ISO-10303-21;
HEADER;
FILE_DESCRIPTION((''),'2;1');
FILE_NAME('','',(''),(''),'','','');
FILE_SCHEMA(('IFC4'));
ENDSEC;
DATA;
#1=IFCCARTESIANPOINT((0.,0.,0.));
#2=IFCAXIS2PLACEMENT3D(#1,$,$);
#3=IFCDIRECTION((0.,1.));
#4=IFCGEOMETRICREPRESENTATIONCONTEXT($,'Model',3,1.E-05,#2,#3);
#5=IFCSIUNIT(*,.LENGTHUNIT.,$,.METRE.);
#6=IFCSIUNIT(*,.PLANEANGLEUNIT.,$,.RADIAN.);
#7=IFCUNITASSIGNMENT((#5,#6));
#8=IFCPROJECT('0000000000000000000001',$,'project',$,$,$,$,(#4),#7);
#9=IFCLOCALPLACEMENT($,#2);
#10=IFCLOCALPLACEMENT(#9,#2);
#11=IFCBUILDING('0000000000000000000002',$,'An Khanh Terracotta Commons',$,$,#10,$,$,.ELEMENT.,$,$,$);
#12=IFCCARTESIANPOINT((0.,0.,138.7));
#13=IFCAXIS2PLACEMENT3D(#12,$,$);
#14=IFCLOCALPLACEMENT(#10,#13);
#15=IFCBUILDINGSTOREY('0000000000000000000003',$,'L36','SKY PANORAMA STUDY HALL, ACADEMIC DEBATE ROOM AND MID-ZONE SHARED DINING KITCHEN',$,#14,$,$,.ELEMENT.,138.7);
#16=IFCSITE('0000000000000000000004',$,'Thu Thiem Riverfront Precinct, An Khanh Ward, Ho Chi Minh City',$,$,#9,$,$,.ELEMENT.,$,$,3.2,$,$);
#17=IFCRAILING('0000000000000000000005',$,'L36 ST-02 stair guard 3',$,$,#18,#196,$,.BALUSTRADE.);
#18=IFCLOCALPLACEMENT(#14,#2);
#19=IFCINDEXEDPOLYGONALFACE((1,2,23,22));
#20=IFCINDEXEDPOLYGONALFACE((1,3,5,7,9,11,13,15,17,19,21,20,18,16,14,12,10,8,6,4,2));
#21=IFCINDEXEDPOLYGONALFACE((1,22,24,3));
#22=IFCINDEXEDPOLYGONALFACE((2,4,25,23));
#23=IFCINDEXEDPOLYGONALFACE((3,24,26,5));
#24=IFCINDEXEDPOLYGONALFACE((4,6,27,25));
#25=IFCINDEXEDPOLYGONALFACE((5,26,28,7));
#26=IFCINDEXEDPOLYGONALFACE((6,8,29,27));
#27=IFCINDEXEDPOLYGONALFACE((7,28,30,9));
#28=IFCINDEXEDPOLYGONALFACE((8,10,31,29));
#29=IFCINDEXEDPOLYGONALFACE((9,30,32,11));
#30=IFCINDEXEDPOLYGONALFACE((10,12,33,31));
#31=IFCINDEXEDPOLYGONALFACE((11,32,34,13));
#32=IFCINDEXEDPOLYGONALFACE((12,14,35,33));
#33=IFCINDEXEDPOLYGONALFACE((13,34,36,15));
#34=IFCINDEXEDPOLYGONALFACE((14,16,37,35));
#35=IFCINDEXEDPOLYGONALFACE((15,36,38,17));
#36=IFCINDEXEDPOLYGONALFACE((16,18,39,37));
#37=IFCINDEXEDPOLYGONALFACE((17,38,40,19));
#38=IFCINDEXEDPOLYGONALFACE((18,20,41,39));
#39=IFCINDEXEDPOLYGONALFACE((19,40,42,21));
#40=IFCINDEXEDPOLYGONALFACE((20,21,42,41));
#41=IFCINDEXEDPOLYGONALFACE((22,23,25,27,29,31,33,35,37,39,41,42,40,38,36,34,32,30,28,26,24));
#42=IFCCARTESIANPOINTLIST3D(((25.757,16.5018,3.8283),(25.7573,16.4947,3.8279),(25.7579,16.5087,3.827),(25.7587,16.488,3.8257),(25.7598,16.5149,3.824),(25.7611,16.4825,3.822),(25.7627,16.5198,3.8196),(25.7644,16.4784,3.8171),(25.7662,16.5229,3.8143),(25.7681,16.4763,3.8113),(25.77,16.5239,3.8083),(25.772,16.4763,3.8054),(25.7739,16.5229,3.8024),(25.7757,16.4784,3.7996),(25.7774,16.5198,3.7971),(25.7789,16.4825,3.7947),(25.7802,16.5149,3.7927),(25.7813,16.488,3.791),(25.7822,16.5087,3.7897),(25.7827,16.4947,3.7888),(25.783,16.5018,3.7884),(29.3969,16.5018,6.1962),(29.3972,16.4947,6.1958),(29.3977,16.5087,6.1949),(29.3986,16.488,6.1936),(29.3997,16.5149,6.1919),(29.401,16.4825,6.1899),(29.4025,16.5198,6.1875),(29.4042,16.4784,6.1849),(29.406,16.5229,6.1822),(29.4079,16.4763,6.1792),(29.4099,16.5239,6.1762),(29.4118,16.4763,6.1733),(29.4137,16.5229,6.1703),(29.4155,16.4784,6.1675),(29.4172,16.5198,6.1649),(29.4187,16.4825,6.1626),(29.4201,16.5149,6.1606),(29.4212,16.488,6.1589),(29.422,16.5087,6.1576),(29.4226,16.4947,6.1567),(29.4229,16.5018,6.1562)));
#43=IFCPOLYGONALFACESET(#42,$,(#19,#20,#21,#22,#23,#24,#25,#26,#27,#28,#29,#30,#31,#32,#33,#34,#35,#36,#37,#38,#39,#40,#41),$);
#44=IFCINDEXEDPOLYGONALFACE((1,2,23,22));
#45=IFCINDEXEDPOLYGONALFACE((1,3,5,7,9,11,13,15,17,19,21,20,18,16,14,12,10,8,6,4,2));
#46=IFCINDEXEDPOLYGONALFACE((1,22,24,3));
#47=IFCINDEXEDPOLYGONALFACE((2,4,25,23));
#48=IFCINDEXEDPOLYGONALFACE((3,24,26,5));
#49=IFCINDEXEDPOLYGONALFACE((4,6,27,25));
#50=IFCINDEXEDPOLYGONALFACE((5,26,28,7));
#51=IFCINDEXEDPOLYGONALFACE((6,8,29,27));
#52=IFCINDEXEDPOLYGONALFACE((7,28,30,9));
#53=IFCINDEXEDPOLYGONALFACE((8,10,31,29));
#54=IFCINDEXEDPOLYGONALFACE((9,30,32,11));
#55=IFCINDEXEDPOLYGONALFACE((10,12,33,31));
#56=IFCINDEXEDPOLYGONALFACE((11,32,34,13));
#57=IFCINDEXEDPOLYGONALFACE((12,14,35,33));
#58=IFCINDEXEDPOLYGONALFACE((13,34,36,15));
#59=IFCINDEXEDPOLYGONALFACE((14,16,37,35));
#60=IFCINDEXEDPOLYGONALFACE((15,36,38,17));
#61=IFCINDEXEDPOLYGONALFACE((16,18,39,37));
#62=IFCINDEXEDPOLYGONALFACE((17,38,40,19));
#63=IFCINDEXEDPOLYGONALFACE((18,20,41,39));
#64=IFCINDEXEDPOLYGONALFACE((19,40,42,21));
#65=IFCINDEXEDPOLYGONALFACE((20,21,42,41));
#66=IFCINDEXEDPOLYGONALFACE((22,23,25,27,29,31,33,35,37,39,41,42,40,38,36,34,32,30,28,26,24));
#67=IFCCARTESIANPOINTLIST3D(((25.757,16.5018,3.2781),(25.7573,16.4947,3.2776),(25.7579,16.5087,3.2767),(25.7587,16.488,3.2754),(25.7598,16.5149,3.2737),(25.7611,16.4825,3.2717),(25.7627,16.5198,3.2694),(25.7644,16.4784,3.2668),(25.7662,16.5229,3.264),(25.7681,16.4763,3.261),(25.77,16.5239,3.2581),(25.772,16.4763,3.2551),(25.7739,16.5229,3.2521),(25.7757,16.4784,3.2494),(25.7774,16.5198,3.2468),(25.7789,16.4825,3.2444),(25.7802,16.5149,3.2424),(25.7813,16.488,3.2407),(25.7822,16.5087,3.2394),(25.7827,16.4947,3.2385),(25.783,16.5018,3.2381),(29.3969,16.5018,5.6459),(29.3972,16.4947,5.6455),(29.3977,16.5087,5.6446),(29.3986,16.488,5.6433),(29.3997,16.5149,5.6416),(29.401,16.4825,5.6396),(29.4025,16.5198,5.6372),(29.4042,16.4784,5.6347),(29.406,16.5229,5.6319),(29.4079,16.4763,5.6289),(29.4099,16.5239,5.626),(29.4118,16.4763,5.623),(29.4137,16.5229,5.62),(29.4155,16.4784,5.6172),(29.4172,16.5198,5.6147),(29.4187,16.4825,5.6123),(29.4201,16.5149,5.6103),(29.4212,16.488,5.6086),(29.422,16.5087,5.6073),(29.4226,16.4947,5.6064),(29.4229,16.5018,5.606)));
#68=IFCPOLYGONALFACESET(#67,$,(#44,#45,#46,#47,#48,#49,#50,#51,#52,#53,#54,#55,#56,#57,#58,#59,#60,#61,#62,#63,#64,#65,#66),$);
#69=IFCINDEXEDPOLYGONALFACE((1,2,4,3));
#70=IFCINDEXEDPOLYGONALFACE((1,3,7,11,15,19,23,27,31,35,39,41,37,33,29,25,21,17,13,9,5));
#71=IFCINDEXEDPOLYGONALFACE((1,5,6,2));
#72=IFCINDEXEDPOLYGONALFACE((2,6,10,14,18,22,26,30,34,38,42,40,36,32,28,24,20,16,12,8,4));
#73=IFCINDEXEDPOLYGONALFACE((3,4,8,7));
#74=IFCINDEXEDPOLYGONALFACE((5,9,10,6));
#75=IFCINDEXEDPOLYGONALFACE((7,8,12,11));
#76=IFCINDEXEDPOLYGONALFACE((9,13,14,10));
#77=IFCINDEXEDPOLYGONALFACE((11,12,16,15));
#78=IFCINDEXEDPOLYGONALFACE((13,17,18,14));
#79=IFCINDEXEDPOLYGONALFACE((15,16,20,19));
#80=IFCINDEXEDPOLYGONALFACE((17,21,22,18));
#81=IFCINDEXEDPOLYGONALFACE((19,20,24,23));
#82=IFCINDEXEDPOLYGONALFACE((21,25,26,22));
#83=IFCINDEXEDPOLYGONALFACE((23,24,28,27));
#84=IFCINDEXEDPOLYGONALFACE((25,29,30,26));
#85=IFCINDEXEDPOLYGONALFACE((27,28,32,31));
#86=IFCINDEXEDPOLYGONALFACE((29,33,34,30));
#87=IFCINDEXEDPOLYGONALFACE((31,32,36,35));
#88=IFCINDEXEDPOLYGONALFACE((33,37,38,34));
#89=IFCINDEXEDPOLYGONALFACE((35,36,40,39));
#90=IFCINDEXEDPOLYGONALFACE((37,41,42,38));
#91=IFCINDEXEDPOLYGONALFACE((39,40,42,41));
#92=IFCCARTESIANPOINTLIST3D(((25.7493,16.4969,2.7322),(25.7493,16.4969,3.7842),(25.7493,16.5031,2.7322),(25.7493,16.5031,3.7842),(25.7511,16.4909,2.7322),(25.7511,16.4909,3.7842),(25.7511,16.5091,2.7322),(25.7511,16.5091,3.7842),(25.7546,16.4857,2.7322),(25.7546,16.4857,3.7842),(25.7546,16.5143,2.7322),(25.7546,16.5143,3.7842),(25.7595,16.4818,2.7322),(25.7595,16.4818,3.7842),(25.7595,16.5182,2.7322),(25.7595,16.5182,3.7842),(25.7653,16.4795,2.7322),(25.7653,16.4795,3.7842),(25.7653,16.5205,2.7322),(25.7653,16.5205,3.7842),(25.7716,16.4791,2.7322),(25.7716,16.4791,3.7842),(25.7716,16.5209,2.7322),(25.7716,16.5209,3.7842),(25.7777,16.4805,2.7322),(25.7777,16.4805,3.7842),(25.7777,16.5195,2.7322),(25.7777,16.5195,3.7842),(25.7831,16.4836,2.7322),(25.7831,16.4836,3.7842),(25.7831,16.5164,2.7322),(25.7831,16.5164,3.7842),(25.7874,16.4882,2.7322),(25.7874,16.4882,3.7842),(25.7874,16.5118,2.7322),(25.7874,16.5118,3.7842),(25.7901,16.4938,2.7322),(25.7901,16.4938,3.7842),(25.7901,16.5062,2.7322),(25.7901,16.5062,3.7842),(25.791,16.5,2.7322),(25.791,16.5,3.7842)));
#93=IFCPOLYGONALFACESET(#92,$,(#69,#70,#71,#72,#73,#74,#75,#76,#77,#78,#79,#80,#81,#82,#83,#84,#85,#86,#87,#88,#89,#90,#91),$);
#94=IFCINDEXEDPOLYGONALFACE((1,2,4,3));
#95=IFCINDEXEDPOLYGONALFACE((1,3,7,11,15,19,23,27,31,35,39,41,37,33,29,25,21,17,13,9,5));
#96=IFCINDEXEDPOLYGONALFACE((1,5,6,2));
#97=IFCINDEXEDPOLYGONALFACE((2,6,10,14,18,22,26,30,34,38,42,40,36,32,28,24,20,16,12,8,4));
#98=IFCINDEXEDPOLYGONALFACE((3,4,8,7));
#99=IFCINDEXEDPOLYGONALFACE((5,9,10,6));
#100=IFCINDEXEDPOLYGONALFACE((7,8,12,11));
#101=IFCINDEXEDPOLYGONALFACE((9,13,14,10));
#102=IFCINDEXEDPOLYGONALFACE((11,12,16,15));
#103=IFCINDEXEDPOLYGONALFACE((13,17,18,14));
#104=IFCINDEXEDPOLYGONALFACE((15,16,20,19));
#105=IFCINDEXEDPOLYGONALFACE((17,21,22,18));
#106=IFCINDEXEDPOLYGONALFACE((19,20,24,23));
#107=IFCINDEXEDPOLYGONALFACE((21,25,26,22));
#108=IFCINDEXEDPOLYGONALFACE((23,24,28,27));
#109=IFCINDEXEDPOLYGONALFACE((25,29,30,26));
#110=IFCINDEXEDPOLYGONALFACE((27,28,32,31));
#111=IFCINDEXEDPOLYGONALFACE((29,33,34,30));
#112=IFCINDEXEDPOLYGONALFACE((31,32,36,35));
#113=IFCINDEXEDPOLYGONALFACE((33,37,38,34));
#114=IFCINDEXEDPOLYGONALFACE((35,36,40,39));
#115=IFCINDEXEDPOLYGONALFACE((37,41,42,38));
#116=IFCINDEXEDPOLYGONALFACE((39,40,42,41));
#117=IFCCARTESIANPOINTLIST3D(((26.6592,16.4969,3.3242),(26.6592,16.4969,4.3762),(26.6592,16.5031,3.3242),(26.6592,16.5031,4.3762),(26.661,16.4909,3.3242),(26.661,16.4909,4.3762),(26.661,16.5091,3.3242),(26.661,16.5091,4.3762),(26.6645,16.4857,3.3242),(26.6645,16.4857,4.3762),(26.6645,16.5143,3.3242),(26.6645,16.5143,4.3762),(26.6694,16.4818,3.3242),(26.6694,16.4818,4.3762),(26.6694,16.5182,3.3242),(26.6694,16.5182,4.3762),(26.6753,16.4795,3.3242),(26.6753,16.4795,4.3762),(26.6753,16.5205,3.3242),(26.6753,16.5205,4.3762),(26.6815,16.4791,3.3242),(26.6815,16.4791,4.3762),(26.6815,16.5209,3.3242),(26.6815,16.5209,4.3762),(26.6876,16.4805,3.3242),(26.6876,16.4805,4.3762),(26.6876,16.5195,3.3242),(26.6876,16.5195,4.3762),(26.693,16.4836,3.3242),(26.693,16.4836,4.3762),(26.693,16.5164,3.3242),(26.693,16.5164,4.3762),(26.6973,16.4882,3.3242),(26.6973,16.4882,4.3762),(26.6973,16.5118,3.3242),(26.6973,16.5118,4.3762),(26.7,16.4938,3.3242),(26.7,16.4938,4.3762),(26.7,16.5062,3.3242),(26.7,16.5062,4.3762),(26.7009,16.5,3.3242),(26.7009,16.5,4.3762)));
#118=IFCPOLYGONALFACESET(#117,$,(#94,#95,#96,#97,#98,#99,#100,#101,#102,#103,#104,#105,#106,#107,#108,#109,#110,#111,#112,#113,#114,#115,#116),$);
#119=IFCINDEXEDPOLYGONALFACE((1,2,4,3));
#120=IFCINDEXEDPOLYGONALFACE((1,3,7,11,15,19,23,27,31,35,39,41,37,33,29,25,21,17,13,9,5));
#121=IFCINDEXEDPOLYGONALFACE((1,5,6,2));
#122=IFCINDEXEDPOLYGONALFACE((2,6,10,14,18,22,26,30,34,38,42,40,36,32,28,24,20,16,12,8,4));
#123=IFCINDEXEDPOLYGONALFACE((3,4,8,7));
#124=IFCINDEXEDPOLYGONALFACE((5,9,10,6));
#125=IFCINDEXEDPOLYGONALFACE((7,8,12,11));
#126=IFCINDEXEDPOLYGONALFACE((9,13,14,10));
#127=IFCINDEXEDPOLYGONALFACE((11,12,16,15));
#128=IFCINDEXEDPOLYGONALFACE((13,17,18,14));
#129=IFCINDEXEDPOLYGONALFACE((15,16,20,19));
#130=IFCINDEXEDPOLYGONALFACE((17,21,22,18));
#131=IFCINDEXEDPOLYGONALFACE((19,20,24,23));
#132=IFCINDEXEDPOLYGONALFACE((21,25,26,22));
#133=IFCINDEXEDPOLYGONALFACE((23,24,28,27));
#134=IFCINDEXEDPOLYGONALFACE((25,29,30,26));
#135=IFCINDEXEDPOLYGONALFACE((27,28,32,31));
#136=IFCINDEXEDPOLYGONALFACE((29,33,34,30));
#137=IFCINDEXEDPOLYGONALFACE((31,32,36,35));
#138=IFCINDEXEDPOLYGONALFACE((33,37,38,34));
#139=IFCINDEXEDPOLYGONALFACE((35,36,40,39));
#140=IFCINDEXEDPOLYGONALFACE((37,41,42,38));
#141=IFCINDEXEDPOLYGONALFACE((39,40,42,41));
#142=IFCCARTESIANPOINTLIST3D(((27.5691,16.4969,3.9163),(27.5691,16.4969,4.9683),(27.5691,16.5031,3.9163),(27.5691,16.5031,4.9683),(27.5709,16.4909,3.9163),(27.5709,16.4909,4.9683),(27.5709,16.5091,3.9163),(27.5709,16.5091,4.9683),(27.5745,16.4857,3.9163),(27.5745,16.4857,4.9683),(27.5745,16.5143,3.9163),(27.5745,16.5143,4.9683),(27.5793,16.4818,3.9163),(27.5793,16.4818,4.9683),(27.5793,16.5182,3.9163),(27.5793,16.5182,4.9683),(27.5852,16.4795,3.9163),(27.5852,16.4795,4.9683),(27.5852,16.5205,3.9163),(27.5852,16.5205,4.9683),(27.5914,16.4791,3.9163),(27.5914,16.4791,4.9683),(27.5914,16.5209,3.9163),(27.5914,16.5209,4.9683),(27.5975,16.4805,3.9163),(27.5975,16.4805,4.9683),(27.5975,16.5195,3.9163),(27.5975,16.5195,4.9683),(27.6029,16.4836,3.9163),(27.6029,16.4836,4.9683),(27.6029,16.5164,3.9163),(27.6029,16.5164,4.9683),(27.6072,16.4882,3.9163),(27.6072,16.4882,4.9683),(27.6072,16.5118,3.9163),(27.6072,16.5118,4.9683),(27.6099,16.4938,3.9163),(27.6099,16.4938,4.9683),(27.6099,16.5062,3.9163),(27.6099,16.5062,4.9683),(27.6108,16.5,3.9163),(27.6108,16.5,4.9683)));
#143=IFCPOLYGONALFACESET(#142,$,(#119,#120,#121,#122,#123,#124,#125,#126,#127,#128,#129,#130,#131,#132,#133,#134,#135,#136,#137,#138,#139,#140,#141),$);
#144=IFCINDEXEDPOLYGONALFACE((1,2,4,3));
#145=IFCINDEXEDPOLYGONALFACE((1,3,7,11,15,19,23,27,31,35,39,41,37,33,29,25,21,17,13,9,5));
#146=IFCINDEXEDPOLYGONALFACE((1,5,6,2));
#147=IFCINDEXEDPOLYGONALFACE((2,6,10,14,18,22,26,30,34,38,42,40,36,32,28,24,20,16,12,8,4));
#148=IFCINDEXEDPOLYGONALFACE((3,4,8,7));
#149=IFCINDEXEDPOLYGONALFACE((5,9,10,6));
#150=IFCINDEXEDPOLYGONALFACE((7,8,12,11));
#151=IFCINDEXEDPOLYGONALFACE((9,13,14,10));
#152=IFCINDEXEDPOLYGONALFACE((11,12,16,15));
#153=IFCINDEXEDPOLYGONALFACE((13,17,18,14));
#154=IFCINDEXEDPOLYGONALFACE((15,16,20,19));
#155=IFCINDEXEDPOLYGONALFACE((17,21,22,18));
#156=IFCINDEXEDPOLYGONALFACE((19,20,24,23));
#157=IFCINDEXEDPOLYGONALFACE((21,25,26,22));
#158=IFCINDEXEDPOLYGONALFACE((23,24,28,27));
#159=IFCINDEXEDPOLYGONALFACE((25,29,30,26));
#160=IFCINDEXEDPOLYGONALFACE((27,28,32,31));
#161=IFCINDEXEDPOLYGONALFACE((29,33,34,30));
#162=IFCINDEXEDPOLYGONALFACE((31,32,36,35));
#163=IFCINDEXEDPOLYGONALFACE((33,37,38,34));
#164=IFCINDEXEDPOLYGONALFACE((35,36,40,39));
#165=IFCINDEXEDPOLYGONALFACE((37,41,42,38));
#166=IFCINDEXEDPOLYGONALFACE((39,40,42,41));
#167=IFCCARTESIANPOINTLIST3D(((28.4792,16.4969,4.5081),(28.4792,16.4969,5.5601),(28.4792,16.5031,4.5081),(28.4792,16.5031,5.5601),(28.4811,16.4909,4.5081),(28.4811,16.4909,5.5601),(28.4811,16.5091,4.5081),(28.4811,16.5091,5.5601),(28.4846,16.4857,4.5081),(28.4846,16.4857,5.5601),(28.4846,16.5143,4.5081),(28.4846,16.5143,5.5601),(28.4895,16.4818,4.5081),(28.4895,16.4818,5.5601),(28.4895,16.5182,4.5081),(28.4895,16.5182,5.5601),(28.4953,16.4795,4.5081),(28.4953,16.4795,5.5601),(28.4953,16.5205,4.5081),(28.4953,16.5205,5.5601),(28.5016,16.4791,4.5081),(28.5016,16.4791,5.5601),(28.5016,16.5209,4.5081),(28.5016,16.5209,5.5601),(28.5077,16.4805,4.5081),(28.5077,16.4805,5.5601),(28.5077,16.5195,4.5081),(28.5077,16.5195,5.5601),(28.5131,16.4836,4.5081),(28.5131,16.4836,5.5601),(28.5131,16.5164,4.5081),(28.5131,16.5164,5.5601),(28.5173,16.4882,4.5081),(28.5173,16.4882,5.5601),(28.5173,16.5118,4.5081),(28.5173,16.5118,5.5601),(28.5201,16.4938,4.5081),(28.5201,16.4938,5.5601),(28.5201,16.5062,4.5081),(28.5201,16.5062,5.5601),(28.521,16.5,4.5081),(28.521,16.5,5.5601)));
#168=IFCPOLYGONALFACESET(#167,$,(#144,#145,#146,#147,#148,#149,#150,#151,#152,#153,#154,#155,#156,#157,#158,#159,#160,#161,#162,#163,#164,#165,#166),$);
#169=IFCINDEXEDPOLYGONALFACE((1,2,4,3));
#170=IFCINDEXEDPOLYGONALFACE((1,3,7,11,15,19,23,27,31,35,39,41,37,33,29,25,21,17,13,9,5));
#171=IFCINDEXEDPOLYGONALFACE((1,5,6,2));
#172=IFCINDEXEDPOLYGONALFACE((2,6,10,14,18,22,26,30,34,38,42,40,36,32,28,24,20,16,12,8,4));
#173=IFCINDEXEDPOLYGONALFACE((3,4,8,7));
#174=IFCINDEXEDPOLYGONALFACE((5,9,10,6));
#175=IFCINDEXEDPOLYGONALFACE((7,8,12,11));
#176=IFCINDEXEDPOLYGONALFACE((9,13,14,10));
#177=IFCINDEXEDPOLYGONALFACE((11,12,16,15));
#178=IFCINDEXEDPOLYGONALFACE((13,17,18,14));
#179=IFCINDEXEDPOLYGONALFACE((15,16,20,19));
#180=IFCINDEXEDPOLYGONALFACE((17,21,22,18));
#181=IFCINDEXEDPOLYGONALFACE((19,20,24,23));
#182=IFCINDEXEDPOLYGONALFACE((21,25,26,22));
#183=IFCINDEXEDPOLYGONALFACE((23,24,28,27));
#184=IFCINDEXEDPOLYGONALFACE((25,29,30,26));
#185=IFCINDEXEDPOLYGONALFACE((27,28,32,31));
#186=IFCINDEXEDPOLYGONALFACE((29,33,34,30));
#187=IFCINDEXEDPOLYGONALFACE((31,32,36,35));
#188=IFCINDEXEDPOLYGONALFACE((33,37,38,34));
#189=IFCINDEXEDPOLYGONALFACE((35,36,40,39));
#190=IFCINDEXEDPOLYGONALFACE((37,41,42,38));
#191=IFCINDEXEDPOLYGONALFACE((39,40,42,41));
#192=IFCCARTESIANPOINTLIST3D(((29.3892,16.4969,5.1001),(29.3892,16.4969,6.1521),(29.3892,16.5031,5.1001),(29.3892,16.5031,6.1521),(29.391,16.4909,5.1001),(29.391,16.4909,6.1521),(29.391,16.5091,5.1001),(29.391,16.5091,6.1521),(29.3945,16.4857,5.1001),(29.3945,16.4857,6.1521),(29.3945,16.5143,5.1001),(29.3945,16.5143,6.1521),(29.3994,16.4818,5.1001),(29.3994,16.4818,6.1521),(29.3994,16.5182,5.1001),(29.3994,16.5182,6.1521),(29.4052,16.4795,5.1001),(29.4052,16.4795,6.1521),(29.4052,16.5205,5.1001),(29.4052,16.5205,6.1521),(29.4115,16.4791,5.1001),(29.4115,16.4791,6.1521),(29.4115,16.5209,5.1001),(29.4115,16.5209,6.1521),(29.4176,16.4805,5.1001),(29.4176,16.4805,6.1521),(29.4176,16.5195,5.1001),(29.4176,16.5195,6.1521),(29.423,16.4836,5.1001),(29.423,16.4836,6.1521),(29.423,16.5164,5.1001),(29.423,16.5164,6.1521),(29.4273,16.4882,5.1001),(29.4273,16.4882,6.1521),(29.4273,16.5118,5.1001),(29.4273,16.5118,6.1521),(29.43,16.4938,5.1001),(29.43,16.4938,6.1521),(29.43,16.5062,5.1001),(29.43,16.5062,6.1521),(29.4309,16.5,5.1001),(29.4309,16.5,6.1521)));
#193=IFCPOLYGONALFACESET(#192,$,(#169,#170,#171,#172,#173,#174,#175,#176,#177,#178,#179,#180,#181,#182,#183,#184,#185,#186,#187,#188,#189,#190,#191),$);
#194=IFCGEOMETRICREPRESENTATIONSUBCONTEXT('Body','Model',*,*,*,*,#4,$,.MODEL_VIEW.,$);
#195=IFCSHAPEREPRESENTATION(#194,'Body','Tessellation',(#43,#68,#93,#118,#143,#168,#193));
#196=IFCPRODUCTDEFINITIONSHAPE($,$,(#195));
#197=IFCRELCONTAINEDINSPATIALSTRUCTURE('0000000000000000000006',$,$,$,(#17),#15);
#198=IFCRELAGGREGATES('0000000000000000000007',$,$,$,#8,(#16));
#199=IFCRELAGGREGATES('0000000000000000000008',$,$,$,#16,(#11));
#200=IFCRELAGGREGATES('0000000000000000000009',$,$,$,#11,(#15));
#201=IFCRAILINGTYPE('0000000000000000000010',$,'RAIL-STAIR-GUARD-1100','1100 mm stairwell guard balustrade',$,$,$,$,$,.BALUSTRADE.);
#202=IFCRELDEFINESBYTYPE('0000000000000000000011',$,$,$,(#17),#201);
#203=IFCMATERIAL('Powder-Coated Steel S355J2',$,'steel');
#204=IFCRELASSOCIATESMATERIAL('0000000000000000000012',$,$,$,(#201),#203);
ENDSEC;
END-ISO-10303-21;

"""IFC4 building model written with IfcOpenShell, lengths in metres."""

from ifc_helpers import new_model, si_unit, direction, frame, origin, origin_2d, place, context, subcontext, project, spatial, circle, extrude, material, type_object, element, save


model = new_model("IFC4")

# Units and contexts
model_context = context("Model", 3, precision=1e-05, world=origin(), true_north=direction((0.0, 1.0)))
body_context = subcontext(model_context, "Body", "Model", "MODEL_VIEW")
ifc_project = project(units=[si_unit("LENGTHUNIT", "METRE"), si_unit("PLANEANGLEUNIT", "RADIAN")], contexts=[model_context])

# Site, building, storey
site_placement = place(None, origin())
site = spatial("IfcSite", under=ifc_project, at=site_placement, Name="Thu Thiem Riverfront Precinct, An Khanh Ward, Ho Chi Minh City", CompositionType="ELEMENT", RefElevation=3.2)
building_placement = place(site_placement, origin())
building = spatial("IfcBuilding", under=site, at=building_placement, Name="An Khanh Terracotta Commons", CompositionType="ELEMENT")
storey_placement = place(building_placement, frame((0.0, 0.0, 138.7)))
storey = spatial("IfcBuildingStorey", under=building, at=storey_placement, Name="L36", Description="SKY PANORAMA STUDY HALL, ACADEMIC DEBATE ROOM AND MID-ZONE SHARED DINING KITCHEN", CompositionType="ELEMENT", Elevation=138.7)

# Railing
ifc_material_1 = material(Name="Powder-Coated Steel S355J2", Category="steel")
railing_type_1 = type_object("IfcRailingType", Name="RAIL-STAIR-GUARD-1100", Description="1100 mm stairwell guard balustrade", PredefinedType="BALUSTRADE", material=ifc_material_1)
railing_1_placement = place(storey_placement, frame((25.77, 16.5, 2.7322)))
element("IfcRailing", 1, at=railing_1_placement, inside=storey, type_object=railing_type_1, Name="L36 ST-02 stair guard 3", PredefinedType="BALUSTRADE", context=body_context, shape_type="SweptSolid", body=[
    extrude(circle(Radius=0.0239, at=origin_2d()), frame((0.0, 0.0, 1.0762), z_axis=(0.838234, 0.0, 0.54531), x_axis=(0.0, 1.0, 0.0)), (0.0, 0.0, 1.0), 4.3423),
    extrude(circle(Radius=0.0239, at=origin_2d()), frame((0.0, 0.0, 0.5259), z_axis=(0.838234, 0.0, 0.54531), x_axis=(0.0, 1.0, 0.0)), (0.0, 0.0, 1.0), 4.3423),
    extrude(circle(Radius=0.021, at=origin_2d()), origin(), (0.0, 0.0, 1.0), 1.052),
    extrude(circle(Radius=0.021, at=origin_2d()), frame((0.9099, 0.0, 0.592)), (0.0, 0.0, 1.0), 1.052),
    extrude(circle(Radius=0.021, at=origin_2d()), frame((1.8198, 0.0, 1.1841)), (0.0, 0.0, 1.0), 1.052),
    extrude(circle(Radius=0.021, at=origin_2d()), frame((2.73, 0.0, 1.7759)), (0.0, 0.0, 1.0), 1.052),
    extrude(circle(Radius=0.021, at=origin_2d()), frame((3.6399, 0.0, 2.3679)), (0.0, 0.0, 1.0), 1.052),
])

save(model, "model.ifc")
